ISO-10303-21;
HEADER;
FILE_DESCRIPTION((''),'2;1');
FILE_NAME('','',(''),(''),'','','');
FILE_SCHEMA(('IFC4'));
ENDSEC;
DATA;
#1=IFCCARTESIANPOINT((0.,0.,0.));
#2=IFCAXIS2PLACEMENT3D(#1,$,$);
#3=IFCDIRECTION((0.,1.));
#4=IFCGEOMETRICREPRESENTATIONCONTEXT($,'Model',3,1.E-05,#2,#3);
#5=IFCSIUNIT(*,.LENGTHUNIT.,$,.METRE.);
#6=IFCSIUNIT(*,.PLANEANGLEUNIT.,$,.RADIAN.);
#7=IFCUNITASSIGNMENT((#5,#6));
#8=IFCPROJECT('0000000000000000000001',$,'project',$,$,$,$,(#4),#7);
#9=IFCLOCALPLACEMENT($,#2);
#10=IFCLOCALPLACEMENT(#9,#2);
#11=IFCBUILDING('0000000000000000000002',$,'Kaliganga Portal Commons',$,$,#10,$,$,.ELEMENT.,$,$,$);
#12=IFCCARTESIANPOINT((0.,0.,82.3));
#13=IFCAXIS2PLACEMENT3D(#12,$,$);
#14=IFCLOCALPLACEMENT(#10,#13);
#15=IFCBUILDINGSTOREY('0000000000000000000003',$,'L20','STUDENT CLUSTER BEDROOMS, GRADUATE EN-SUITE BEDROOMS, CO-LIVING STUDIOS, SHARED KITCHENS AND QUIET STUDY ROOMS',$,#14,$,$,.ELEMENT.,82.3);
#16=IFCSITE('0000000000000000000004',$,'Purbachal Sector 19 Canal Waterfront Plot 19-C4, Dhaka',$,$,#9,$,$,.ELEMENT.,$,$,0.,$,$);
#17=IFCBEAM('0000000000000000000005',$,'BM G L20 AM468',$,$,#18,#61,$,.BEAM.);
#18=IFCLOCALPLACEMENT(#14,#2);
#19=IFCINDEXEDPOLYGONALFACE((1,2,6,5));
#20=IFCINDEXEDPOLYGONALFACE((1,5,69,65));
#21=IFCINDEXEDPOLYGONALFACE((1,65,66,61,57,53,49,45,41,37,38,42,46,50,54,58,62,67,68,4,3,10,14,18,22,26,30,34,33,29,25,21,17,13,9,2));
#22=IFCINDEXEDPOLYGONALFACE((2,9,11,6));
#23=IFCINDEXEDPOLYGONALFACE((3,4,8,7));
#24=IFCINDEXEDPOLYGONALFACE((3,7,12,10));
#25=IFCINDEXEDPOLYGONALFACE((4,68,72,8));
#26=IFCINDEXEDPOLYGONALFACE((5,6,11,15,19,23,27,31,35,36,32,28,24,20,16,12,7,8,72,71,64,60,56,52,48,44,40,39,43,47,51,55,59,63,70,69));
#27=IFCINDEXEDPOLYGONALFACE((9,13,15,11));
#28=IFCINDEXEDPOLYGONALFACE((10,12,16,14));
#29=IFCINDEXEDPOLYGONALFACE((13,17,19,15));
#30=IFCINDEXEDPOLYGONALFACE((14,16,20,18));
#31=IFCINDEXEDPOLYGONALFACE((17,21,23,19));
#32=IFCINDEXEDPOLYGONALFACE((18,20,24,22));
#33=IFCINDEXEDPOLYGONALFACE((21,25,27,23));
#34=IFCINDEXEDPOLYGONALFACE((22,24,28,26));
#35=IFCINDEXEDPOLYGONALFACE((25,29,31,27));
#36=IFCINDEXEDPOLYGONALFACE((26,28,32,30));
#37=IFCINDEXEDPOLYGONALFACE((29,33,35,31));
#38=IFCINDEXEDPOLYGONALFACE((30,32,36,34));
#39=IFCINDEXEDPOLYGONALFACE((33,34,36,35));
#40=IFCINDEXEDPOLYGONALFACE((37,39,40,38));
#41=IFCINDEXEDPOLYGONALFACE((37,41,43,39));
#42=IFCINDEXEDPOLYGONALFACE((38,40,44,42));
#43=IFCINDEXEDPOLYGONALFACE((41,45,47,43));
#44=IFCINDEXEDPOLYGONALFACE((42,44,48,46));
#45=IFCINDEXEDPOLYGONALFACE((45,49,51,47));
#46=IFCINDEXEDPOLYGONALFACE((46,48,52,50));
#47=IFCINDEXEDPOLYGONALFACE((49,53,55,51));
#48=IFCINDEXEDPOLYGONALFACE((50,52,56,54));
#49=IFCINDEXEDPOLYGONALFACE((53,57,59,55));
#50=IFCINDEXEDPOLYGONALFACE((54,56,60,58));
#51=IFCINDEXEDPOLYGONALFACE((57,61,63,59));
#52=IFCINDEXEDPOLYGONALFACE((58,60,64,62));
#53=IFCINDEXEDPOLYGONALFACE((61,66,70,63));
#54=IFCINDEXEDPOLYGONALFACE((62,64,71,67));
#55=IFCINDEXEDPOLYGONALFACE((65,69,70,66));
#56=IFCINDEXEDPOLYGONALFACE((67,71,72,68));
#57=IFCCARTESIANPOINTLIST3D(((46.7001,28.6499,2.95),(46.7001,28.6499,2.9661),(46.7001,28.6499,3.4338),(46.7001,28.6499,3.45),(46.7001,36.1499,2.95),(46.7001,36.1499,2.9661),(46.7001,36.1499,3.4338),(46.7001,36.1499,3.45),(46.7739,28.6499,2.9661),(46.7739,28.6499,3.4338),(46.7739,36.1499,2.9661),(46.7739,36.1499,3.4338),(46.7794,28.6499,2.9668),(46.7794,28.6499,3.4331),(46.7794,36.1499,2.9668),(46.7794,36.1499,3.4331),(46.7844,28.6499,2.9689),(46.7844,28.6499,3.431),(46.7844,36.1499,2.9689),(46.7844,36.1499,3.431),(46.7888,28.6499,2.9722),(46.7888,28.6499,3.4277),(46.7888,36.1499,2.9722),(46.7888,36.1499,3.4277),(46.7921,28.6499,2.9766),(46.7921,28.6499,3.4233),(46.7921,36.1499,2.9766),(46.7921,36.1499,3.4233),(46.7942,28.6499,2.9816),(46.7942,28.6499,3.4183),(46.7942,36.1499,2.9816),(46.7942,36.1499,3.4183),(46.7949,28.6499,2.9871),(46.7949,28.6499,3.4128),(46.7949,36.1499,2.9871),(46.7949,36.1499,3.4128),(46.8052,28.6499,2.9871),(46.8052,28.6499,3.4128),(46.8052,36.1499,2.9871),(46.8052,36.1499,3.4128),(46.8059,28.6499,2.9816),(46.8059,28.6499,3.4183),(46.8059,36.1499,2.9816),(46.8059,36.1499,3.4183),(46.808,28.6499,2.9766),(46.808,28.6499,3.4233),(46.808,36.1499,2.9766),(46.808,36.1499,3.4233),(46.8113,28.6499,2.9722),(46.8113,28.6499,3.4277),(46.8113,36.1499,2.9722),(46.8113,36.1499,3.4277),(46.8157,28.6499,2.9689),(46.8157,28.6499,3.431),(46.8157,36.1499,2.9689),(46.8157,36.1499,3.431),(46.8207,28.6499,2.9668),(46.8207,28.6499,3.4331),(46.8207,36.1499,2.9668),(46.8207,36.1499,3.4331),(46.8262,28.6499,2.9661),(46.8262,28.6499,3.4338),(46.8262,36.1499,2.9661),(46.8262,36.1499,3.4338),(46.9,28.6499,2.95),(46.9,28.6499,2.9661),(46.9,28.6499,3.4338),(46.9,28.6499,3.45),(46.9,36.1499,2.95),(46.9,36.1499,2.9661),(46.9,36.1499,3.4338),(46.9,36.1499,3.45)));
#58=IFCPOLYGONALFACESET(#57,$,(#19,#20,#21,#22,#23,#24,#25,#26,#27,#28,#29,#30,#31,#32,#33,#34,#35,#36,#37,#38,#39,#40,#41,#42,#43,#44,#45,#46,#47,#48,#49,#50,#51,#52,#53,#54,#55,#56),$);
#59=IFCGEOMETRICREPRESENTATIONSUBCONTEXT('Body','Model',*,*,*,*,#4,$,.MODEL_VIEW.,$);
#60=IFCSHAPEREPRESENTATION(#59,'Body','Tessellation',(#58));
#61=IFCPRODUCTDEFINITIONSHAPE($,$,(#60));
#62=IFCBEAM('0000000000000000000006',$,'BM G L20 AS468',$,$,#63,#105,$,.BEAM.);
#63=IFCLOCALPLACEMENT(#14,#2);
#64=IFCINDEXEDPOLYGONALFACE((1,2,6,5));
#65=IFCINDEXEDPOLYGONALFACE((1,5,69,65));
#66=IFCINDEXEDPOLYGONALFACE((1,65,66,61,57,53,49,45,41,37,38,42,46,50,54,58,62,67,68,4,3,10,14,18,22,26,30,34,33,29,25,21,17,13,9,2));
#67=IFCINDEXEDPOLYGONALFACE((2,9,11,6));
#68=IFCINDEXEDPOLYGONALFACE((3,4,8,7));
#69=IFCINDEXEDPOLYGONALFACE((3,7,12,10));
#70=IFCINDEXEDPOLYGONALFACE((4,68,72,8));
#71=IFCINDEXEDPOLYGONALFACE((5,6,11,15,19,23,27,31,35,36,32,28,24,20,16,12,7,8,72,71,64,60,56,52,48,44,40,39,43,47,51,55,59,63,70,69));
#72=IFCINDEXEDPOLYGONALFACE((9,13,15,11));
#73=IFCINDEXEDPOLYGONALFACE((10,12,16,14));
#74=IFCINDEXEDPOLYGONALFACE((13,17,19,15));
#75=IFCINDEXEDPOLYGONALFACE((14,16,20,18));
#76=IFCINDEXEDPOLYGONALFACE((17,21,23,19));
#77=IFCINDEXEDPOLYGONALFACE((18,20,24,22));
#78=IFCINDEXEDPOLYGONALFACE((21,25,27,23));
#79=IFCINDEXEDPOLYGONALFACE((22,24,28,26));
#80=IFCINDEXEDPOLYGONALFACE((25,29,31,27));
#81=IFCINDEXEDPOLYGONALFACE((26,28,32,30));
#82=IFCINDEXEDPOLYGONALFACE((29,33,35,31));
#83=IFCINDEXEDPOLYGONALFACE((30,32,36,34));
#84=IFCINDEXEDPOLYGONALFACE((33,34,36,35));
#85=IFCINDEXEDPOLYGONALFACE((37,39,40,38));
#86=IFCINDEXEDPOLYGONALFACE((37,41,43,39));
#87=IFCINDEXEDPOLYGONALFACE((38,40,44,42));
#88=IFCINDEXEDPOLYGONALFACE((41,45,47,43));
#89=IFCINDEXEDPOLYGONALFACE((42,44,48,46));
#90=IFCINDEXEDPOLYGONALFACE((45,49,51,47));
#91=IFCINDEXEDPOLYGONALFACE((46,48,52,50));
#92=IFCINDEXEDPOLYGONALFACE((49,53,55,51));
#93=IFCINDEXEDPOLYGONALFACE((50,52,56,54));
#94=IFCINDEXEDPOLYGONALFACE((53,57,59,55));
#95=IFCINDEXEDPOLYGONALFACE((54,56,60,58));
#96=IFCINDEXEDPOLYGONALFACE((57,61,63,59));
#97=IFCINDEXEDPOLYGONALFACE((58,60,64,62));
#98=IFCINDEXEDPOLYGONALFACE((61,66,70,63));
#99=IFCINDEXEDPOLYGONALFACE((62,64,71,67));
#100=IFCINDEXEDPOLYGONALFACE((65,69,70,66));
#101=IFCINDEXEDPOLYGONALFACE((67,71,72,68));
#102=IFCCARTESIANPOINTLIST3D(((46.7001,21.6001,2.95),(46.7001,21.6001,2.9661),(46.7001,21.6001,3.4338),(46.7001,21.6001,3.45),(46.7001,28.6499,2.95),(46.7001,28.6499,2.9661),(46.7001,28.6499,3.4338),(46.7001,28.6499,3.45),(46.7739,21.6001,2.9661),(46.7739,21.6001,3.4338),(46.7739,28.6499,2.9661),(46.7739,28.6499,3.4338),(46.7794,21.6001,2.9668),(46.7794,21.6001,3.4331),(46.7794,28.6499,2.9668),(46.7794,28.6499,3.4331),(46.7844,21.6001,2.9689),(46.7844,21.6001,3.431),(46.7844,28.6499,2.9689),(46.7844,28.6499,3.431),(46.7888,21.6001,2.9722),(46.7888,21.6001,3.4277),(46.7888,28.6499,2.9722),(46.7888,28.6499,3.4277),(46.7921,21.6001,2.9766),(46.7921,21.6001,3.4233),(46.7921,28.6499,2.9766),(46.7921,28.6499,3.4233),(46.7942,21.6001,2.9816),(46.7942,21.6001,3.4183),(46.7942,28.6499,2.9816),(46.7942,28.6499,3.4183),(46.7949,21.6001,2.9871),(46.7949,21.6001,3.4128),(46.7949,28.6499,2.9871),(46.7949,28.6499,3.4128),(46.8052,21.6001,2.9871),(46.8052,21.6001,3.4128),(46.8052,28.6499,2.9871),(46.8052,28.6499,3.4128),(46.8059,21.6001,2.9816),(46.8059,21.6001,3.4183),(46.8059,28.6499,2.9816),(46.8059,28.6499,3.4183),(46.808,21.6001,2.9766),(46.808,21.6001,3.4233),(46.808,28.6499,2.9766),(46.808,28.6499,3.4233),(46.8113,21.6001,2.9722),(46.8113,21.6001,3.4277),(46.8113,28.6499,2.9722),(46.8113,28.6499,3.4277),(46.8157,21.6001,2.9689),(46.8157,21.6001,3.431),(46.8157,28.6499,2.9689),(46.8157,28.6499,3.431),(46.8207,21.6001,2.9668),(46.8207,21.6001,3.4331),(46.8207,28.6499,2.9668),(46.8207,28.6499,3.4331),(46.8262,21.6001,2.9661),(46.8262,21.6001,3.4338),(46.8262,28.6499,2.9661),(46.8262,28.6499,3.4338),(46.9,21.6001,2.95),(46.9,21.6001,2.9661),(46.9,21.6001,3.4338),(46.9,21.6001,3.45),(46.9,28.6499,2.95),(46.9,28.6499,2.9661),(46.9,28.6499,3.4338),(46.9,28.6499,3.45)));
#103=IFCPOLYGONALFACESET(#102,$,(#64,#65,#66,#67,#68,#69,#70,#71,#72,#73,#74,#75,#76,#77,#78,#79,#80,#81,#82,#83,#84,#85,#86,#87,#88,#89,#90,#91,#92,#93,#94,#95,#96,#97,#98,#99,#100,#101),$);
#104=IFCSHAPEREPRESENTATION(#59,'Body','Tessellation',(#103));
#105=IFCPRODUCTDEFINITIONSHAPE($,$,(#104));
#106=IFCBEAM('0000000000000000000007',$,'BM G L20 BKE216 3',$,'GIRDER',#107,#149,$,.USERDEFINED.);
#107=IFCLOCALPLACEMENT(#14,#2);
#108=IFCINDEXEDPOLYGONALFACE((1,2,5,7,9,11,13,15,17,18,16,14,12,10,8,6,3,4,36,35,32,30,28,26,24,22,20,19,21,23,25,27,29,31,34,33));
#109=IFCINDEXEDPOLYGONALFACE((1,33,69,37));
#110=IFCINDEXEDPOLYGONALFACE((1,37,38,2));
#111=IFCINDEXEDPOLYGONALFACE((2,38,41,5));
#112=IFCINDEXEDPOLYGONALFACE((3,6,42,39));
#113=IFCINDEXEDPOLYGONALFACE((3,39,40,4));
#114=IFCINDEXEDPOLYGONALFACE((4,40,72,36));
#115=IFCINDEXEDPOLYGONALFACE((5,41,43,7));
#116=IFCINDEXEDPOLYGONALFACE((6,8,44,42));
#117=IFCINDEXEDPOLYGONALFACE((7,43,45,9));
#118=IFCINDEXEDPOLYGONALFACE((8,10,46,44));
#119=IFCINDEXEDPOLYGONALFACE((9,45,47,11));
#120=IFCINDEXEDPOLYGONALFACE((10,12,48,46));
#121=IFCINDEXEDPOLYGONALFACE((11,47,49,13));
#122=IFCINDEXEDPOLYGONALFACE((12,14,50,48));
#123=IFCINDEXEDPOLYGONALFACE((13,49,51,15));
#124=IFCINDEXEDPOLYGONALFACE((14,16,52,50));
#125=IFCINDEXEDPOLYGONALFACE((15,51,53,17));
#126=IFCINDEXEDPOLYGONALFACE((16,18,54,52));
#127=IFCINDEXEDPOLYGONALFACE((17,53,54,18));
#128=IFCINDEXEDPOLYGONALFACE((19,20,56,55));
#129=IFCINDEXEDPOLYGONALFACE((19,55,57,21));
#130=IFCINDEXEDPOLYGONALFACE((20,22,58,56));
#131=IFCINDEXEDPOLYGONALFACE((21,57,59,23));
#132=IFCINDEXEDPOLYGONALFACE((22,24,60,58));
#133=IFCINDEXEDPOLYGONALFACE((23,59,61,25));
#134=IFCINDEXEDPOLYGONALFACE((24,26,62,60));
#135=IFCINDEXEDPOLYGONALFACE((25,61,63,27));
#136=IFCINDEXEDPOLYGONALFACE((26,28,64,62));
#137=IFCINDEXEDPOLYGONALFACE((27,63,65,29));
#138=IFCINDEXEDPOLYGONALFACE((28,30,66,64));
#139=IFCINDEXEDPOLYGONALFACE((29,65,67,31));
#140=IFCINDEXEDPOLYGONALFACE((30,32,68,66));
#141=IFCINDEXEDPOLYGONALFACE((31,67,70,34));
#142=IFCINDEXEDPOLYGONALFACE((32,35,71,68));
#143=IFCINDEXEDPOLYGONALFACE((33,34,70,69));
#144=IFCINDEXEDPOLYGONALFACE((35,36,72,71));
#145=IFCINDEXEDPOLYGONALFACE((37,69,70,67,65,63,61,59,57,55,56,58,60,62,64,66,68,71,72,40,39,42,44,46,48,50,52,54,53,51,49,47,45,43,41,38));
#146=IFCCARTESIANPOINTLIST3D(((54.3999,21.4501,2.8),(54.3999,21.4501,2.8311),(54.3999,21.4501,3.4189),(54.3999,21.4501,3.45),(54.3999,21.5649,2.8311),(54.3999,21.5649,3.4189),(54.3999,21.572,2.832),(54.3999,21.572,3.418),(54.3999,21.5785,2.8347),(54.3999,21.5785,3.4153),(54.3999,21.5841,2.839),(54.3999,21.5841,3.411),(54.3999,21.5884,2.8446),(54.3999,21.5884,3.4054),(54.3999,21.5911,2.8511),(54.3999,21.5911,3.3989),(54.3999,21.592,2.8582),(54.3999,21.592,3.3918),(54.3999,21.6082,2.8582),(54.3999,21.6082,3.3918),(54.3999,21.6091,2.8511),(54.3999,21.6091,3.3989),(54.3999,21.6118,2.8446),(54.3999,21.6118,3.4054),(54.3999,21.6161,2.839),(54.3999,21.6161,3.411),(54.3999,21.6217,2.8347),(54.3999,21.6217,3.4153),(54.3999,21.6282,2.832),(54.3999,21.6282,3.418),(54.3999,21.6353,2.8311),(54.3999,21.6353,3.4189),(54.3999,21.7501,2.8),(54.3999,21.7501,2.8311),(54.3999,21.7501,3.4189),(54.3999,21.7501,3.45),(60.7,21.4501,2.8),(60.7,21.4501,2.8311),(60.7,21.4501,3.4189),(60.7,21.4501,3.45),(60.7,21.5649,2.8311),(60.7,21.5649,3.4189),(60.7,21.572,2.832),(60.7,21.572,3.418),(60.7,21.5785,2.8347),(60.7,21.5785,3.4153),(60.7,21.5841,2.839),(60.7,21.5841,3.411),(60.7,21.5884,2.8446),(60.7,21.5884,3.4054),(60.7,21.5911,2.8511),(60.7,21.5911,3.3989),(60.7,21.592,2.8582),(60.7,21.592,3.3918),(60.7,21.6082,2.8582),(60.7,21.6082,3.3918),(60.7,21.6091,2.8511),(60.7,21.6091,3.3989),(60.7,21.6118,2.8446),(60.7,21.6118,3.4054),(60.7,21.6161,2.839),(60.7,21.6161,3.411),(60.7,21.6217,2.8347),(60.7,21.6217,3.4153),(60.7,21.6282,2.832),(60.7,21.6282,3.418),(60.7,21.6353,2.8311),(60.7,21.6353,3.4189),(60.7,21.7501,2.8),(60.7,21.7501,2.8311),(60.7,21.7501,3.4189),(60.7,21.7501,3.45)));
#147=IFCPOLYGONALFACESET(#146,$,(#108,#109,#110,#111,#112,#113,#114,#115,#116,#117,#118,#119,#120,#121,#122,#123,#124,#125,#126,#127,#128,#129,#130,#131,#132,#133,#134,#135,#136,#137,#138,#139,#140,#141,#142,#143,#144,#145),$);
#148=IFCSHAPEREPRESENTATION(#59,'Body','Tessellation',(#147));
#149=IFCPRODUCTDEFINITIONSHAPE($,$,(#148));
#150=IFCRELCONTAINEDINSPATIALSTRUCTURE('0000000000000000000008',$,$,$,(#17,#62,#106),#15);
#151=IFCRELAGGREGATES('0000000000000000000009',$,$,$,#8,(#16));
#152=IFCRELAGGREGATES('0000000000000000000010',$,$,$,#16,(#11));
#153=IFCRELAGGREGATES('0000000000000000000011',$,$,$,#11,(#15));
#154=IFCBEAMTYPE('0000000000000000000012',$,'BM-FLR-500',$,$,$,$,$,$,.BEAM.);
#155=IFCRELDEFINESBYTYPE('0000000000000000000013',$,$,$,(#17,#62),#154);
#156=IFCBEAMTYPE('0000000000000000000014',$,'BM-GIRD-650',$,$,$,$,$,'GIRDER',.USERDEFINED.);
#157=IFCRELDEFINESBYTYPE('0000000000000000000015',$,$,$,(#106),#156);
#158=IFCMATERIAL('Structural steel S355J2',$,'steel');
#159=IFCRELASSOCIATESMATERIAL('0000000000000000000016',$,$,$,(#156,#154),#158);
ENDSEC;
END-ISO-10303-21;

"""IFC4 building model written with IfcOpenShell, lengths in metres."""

from ifc_helpers import new_model, si_unit, direction, frame, origin, origin_2d, place, context, subcontext, project, spatial, i_section, extrude, source, transform, mapped, material, material_profile, profile_set, type_object, element, save


model = new_model("IFC4")

# Units and contexts
model_context = context("Model", 3, precision=1e-05, world=origin(), true_north=direction((0.0, 1.0)))
body_context = subcontext(model_context, "Body", "Model", "MODEL_VIEW")
ifc_project = project(units=[si_unit("LENGTHUNIT", "METRE"), si_unit("PLANEANGLEUNIT", "RADIAN")], contexts=[model_context])

# Site, building, storey
site_placement = place(None, origin())
site = spatial("IfcSite", under=ifc_project, at=site_placement, Name="Purbachal Sector 19 Canal Waterfront Plot 19-C4, Dhaka", CompositionType="ELEMENT", RefElevation=0.0)
building_placement = place(site_placement, origin())
building = spatial("IfcBuilding", under=site, at=building_placement, Name="Kaliganga Portal Commons", CompositionType="ELEMENT")
storey_placement = place(building_placement, frame((0.0, 0.0, 82.3)))
storey = spatial("IfcBuildingStorey", under=building, at=storey_placement, Name="L20", Description="STUDENT CLUSTER BEDROOMS, GRADUATE EN-SUITE BEDROOMS, CO-LIVING STUDIOS, SHARED KITCHENS AND QUIET STUDY ROOMS", CompositionType="ELEMENT", Elevation=82.3)

# Beams
ifc_material_1 = material(Name="Structural steel S355J2", Category="steel")
ifc_material_profile_1 = material_profile(ifc_material_1, i_section(OverallWidth=0.3, OverallDepth=0.6499, WebThickness=0.0161, FlangeThickness=0.031, FilletRadius=0.0271, at=origin_2d()), Name="HE 650 B")
ifc_profile_set_1 = profile_set([ifc_material_profile_1], Name="Structural steel S355J2 wide-flange")
beam_type_1 = type_object("IfcBeamType", Name="BM-GIRD-650", ElementType="GIRDER", PredefinedType="USERDEFINED", material=ifc_profile_set_1)
ifc_material_profile_2 = material_profile(ifc_material_1, i_section(OverallWidth=0.2, OverallDepth=0.5, WebThickness=0.0103, FlangeThickness=0.0161, FilletRadius=0.021, at=origin_2d()), Name="IPE 500")
ifc_profile_set_2 = profile_set([ifc_material_profile_2], Name="Structural steel S355J2 wide-flange")
beam_type_2 = type_object("IfcBeamType", Name="BM-FLR-500", PredefinedType="BEAM", material=ifc_profile_set_2)
shared_shape_1 = source(origin(), body_context, "Body", "SweptSolid", [
    extrude(i_section(OverallWidth=0.2, OverallDepth=0.5, WebThickness=0.0103, FlangeThickness=0.0161, FilletRadius=0.021, at=origin_2d()), origin(), (0.0, 0.0, 1.0), 7.5),
])
beam_1_placement = place(storey_placement, frame((46.8, 28.6499, 3.2), z_axis=(0.0, 1.0, 0.0), x_axis=(-1.0, 0.0, 0.0)))
element("IfcBeam", 1, at=beam_1_placement, inside=storey, type_object=beam_type_2, Name="BM G L20 AM468", PredefinedType="BEAM", context=body_context, shape_type="MappedRepresentation", body=[
    mapped(shared_shape_1, transform((0.0, 0.0, 0.0), x_axis=(1.0, 0.0, 0.0), y_axis=(0.0, 1.0, 0.0), z_axis=(0.0, 0.0, 1.0), scale=1.0)),
])
shared_shape_2 = source(origin(), body_context, "Body", "SweptSolid", [
    extrude(i_section(OverallWidth=0.2, OverallDepth=0.5, WebThickness=0.0103, FlangeThickness=0.0161, FilletRadius=0.021, at=origin_2d()), origin(), (0.0, 0.0, 1.0), 7.0498),
])
beam_2_placement = place(storey_placement, frame((46.8, 21.6001, 3.2), z_axis=(0.0, 1.0, 0.0), x_axis=(-1.0, 0.0, 0.0)))
element("IfcBeam", 2, at=beam_2_placement, inside=storey, type_object=beam_type_2, Name="BM G L20 AS468", PredefinedType="BEAM", context=body_context, shape_type="MappedRepresentation", body=[
    mapped(shared_shape_2, transform((0.0, 0.0, 0.0), x_axis=(1.0, 0.0, 0.0), y_axis=(0.0, 1.0, 0.0), z_axis=(0.0, 0.0, 1.0), scale=1.0)),
])
shared_shape_3 = source(origin(), body_context, "Body", "SweptSolid", [
    extrude(i_section(OverallWidth=0.3, OverallDepth=0.6499, WebThickness=0.0161, FlangeThickness=0.031, FilletRadius=0.0271, at=origin_2d()), origin(), (0.0, 0.0, 1.0), 6.3),
])
beam_3_placement = place(storey_placement, frame((54.3999, 21.6001, 3.125), z_axis=(1.0, 0.0, 0.0), x_axis=(0.0, 1.0, 0.0)))
element("IfcBeam", 3, at=beam_3_placement, inside=storey, type_object=beam_type_1, Name="BM G L20 BKE216 3", ObjectType="GIRDER", PredefinedType="USERDEFINED", context=body_context, shape_type="MappedRepresentation", body=[
    mapped(shared_shape_3, transform((0.0, 0.0, 0.0), x_axis=(1.0, 0.0, 0.0), y_axis=(0.0, 1.0, 0.0), z_axis=(0.0, 0.0, 1.0), scale=1.0)),
])

save(model, "model.ifc")
